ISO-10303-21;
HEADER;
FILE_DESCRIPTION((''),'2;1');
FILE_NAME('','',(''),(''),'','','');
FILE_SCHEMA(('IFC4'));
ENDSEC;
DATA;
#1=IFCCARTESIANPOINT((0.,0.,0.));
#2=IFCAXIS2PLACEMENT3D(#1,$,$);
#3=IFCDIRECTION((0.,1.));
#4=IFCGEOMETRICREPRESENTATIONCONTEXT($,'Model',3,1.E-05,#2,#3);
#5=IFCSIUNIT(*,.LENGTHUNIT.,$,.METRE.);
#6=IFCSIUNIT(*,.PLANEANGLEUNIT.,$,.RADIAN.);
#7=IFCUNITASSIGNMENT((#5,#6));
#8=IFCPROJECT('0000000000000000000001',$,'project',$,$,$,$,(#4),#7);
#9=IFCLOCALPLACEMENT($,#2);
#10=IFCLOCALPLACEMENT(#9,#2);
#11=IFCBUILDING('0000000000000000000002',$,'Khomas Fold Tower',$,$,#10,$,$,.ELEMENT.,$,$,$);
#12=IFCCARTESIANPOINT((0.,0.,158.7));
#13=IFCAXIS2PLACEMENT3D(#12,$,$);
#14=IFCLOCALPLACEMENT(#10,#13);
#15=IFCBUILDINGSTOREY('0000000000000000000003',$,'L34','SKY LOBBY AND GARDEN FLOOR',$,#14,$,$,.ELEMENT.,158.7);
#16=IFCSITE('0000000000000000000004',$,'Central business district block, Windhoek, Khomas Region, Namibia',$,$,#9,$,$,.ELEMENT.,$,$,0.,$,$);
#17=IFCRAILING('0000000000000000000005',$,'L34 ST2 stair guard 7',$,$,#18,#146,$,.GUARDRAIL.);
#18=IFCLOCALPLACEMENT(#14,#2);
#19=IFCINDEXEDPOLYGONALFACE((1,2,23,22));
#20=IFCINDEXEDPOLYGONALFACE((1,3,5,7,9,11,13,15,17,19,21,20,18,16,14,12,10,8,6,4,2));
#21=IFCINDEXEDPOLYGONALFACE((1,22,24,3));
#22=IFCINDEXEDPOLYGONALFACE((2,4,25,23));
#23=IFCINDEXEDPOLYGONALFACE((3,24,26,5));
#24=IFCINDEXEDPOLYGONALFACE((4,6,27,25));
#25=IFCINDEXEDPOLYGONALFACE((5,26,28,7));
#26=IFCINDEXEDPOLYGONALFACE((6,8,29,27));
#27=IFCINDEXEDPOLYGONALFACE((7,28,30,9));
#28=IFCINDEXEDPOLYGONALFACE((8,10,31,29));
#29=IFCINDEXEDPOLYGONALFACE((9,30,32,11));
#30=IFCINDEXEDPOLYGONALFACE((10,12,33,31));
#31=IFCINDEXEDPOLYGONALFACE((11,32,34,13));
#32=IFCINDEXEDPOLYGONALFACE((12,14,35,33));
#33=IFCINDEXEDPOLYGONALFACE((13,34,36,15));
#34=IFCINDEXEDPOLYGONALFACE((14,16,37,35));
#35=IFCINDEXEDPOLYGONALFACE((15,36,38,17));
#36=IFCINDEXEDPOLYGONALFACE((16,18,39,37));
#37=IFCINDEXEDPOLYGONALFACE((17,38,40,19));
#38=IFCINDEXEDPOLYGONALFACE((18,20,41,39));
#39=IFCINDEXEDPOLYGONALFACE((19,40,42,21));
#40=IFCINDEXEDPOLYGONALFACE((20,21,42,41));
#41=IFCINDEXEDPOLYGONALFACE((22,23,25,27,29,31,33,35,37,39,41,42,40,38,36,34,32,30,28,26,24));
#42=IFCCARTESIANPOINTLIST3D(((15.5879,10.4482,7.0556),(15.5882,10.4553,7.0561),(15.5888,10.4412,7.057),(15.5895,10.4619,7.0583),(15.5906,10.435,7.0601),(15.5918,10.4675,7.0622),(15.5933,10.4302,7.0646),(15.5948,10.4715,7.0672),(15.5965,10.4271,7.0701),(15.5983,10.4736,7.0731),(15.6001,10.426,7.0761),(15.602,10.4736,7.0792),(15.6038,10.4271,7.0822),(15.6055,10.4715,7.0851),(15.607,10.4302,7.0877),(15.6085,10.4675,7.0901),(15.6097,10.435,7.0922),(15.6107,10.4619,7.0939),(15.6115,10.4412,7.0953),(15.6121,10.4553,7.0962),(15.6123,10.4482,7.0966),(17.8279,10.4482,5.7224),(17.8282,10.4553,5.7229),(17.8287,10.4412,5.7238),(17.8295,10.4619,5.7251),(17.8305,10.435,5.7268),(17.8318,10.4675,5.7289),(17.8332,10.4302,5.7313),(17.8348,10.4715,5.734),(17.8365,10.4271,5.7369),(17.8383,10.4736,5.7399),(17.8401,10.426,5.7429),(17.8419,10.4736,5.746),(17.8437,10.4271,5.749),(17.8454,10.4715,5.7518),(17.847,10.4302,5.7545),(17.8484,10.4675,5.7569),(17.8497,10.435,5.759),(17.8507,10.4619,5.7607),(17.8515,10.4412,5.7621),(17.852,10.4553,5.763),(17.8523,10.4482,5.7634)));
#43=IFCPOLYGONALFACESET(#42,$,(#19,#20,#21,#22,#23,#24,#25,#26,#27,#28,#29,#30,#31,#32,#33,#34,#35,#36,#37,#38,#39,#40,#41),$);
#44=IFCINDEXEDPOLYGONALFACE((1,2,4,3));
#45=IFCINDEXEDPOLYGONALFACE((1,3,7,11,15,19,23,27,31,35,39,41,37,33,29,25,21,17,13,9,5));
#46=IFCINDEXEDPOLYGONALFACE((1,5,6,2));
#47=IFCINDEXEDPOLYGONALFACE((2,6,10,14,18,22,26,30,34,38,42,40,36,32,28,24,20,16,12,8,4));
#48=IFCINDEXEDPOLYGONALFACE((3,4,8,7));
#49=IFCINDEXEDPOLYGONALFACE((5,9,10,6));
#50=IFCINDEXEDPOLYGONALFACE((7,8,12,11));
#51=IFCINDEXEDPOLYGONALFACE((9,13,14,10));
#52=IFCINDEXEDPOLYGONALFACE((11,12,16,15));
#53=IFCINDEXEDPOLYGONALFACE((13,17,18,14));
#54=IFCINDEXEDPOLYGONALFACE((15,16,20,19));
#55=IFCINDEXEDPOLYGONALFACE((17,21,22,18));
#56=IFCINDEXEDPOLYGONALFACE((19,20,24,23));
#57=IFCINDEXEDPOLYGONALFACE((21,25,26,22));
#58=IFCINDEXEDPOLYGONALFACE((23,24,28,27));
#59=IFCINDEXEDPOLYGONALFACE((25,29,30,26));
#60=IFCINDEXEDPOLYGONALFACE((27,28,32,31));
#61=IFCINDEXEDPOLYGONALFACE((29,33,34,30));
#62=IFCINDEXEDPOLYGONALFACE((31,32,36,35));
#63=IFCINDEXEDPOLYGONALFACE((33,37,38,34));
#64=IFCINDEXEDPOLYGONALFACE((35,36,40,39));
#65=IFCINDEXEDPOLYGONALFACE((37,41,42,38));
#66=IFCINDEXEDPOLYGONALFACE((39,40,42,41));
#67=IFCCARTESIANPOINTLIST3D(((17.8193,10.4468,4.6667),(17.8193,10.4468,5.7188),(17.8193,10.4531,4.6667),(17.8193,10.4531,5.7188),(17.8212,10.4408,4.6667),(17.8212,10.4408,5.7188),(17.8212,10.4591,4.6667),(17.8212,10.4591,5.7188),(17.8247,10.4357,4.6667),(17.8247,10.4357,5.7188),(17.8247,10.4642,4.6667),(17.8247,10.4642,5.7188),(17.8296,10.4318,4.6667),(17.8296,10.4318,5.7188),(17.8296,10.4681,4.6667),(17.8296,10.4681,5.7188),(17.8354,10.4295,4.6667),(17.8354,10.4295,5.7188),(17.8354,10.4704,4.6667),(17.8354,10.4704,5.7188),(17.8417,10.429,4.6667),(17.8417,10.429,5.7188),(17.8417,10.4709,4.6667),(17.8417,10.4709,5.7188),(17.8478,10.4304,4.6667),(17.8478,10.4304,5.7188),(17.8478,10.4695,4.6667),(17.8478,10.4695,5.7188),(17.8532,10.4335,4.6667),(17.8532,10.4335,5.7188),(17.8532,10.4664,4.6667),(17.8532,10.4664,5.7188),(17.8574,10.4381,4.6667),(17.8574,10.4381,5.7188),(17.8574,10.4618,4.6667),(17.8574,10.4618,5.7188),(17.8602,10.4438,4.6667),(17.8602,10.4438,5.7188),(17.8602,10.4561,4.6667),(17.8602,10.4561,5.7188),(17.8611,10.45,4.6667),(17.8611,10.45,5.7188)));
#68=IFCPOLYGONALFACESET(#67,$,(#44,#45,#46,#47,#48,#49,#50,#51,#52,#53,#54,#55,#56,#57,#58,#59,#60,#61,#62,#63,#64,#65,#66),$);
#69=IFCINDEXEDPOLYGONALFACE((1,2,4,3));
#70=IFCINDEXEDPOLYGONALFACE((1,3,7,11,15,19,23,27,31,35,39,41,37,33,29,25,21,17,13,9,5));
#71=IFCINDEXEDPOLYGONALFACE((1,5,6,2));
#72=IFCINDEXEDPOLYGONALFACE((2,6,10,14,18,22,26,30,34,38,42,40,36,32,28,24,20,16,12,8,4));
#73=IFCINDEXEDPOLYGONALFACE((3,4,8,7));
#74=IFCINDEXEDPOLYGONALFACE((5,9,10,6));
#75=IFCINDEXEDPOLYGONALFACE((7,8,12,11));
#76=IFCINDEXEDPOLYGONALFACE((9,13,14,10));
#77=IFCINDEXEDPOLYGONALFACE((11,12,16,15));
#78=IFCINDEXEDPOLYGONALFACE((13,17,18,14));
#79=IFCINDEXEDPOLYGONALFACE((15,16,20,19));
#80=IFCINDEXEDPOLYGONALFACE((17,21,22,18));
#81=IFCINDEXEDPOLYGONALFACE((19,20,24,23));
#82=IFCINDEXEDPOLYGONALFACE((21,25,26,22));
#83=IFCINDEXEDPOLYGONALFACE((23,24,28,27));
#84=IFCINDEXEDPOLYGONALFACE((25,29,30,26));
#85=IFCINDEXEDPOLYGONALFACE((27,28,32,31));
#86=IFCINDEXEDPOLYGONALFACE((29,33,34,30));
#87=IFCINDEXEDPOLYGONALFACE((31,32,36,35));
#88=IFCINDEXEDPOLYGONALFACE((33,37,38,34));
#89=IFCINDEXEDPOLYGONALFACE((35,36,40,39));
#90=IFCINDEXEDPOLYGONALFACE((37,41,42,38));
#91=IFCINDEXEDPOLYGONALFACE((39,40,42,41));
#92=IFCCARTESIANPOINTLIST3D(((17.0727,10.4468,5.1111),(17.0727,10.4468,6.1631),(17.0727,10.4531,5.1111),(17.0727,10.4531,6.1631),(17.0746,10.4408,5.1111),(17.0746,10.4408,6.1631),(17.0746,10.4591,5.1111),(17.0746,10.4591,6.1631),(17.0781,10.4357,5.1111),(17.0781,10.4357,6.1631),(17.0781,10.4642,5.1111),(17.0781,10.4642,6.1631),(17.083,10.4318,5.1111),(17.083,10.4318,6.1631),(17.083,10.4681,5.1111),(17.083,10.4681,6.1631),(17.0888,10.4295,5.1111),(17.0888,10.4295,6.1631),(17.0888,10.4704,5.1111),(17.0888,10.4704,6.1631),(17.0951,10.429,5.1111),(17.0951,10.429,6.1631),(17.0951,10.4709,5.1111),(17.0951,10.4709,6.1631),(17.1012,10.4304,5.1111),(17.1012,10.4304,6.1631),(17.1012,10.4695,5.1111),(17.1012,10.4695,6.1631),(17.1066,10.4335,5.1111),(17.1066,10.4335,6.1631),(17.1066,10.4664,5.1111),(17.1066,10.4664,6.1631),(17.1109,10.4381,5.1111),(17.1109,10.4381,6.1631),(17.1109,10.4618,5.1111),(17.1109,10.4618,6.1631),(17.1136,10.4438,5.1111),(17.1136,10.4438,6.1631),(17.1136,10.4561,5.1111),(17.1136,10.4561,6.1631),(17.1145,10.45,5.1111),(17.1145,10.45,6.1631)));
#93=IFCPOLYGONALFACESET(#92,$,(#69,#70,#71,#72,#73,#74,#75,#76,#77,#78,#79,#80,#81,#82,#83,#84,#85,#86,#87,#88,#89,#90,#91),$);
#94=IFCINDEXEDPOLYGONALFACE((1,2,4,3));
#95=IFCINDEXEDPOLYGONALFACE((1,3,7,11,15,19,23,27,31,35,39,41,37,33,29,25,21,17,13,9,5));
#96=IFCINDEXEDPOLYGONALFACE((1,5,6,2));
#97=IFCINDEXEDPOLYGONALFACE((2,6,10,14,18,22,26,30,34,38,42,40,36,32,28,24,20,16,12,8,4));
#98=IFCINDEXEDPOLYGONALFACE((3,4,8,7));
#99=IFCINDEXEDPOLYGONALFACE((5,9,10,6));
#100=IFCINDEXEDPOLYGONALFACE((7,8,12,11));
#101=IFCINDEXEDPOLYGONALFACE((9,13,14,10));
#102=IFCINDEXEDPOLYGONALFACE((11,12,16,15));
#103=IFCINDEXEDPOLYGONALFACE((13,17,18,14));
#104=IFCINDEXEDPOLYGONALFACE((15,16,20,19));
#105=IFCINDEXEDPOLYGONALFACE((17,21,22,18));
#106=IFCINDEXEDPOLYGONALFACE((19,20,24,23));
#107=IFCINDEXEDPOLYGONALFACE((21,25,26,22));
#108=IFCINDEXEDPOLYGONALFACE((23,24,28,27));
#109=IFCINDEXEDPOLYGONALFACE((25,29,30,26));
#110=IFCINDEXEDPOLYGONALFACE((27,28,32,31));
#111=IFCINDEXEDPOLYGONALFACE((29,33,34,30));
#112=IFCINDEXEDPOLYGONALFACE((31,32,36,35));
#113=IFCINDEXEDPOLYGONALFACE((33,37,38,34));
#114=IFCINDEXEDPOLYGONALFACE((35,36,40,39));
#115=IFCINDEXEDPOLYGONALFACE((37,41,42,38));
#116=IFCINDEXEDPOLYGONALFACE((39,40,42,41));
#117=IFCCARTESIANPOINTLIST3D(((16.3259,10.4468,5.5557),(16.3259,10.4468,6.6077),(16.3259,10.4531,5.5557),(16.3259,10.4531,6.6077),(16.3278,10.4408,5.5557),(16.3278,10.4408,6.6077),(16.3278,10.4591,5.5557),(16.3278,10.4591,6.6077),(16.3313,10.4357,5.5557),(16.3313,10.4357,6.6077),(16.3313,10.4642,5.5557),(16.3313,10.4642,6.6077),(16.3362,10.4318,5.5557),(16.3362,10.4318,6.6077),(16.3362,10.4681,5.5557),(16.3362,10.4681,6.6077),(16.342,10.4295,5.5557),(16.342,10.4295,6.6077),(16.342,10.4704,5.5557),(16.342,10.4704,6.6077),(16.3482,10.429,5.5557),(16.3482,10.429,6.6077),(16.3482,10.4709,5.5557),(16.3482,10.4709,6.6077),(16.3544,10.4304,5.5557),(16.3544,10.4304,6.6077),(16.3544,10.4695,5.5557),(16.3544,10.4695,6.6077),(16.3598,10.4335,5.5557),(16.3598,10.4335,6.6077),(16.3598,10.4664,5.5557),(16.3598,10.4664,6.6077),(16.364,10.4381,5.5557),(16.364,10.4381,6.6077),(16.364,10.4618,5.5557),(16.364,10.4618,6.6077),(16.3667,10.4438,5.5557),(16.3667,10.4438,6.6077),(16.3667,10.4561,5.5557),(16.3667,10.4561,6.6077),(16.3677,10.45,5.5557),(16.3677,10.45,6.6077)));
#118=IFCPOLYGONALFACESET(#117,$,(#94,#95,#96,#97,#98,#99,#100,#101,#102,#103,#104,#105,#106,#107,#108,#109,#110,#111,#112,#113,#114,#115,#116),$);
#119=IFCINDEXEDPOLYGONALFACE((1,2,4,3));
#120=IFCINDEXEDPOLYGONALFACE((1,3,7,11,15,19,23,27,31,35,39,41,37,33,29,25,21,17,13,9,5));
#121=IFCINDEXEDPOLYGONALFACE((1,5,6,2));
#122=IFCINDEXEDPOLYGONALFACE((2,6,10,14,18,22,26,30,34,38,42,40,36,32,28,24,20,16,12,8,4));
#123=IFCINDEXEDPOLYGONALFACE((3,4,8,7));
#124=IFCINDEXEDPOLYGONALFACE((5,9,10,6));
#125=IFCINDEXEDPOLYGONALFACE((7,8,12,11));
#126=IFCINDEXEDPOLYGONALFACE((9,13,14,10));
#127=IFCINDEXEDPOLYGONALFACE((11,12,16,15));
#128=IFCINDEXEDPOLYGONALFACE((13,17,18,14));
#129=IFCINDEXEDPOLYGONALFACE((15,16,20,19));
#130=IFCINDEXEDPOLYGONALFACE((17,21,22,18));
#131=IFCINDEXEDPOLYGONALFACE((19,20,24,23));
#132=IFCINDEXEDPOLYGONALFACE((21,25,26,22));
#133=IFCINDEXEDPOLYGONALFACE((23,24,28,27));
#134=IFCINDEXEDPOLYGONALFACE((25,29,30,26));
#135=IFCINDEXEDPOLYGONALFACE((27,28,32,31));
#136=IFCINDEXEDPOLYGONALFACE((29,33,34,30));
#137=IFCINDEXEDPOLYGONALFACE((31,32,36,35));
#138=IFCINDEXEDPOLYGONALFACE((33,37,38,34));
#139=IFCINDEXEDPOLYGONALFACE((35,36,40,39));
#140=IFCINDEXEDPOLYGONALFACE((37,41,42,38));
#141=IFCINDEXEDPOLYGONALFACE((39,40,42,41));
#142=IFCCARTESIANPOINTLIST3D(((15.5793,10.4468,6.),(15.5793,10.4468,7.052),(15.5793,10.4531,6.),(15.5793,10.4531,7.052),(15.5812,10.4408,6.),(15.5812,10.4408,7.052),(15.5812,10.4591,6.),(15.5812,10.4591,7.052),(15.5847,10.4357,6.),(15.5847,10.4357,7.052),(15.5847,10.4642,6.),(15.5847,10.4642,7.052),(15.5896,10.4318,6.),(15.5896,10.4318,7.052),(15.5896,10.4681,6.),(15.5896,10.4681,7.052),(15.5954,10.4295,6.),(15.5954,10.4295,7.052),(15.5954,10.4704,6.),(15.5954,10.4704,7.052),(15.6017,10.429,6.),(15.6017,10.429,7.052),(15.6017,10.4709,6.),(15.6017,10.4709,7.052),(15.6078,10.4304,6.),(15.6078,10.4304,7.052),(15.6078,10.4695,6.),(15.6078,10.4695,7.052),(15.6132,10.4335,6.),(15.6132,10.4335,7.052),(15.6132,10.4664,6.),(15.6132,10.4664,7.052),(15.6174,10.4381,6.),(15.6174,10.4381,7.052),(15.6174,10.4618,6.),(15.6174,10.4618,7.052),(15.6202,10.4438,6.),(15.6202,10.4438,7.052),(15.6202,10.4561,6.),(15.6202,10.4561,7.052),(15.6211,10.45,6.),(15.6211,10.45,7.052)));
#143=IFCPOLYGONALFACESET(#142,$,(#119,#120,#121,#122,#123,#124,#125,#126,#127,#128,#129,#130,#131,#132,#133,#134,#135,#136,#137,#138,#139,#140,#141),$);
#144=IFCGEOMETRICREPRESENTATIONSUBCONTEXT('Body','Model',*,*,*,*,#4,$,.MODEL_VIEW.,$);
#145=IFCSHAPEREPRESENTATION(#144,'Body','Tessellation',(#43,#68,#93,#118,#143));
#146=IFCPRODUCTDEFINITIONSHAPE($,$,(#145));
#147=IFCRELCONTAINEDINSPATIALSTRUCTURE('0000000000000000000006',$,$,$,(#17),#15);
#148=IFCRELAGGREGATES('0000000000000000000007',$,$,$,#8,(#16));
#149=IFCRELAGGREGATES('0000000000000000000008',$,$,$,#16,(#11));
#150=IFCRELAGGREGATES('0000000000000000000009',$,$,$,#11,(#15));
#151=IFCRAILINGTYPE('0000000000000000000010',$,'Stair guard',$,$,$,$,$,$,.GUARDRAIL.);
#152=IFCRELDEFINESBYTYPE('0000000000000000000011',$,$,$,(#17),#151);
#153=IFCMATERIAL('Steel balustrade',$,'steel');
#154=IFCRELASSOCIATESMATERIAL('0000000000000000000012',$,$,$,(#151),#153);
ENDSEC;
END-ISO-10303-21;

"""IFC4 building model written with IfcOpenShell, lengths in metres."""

from ifc_helpers import new_model, si_unit, direction, frame, origin, origin_2d, place, context, subcontext, project, spatial, circle, extrude, source, transform, mapped, material, type_object, element, save


model = new_model("IFC4")

# Units and contexts
model_context = context("Model", 3, precision=1e-05, world=origin(), true_north=direction((0.0, 1.0)))
body_context = subcontext(model_context, "Body", "Model", "MODEL_VIEW")
ifc_project = project(units=[si_unit("LENGTHUNIT", "METRE"), si_unit("PLANEANGLEUNIT", "RADIAN")], contexts=[model_context])

# Site, building, storey
site_placement = place(None, origin())
site = spatial("IfcSite", under=ifc_project, at=site_placement, Name="Central business district block, Windhoek, Khomas Region, Namibia", CompositionType="ELEMENT", RefElevation=0.0)
building_placement = place(site_placement, origin())
building = spatial("IfcBuilding", under=site, at=building_placement, Name="Khomas Fold Tower", CompositionType="ELEMENT")
storey_placement = place(building_placement, frame((0.0, 0.0, 158.7)))
storey = spatial("IfcBuildingStorey", under=building, at=storey_placement, Name="L34", Description="SKY LOBBY AND GARDEN FLOOR", CompositionType="ELEMENT", Elevation=158.7)

# Railing
ifc_material_1 = material(Name="Steel balustrade", Category="steel")
railing_type_1 = type_object("IfcRailingType", Name="Stair guard", PredefinedType="GUARDRAIL", material=ifc_material_1)
shared_shape_1 = source(origin(), body_context, "Body", "SweptSolid", [
    extrude(circle(Radius=0.0239, at=origin_2d()), frame((0.0, 0.0, 1.0762), z_axis=(-0.859306, 0.0, 0.511462), x_axis=(0.0, -1.0, 0.0)), (0.0, 0.0, 1.0), 2.6067),
    extrude(circle(Radius=0.021, at=origin_2d()), origin(), (0.0, 0.0, 1.0), 1.052),
    extrude(circle(Radius=0.021, at=origin_2d()), frame((-0.7466, 0.0, 0.4443)), (0.0, 0.0, 1.0), 1.052),
    extrude(circle(Radius=0.021, at=origin_2d()), frame((-1.4934, 0.0, 0.8889)), (0.0, 0.0, 1.0), 1.052),
    extrude(circle(Radius=0.021, at=origin_2d()), frame((-2.24, 0.0, 1.3333)), (0.0, 0.0, 1.0), 1.052),
])
for number, where, name in (
    (1, (17.8401, 10.45, 4.6667), "L34 ST2 stair guard 7"),
):
    element("IfcRailing", number, at=place(storey_placement, frame(where)), inside=storey, type_object=railing_type_1, Name=name, PredefinedType="GUARDRAIL", context=body_context, shape_type="MappedRepresentation", body=[
        mapped(shared_shape_1, transform((0.0, 0.0, 0.0))),
    ])

save(model, "model.ifc")
